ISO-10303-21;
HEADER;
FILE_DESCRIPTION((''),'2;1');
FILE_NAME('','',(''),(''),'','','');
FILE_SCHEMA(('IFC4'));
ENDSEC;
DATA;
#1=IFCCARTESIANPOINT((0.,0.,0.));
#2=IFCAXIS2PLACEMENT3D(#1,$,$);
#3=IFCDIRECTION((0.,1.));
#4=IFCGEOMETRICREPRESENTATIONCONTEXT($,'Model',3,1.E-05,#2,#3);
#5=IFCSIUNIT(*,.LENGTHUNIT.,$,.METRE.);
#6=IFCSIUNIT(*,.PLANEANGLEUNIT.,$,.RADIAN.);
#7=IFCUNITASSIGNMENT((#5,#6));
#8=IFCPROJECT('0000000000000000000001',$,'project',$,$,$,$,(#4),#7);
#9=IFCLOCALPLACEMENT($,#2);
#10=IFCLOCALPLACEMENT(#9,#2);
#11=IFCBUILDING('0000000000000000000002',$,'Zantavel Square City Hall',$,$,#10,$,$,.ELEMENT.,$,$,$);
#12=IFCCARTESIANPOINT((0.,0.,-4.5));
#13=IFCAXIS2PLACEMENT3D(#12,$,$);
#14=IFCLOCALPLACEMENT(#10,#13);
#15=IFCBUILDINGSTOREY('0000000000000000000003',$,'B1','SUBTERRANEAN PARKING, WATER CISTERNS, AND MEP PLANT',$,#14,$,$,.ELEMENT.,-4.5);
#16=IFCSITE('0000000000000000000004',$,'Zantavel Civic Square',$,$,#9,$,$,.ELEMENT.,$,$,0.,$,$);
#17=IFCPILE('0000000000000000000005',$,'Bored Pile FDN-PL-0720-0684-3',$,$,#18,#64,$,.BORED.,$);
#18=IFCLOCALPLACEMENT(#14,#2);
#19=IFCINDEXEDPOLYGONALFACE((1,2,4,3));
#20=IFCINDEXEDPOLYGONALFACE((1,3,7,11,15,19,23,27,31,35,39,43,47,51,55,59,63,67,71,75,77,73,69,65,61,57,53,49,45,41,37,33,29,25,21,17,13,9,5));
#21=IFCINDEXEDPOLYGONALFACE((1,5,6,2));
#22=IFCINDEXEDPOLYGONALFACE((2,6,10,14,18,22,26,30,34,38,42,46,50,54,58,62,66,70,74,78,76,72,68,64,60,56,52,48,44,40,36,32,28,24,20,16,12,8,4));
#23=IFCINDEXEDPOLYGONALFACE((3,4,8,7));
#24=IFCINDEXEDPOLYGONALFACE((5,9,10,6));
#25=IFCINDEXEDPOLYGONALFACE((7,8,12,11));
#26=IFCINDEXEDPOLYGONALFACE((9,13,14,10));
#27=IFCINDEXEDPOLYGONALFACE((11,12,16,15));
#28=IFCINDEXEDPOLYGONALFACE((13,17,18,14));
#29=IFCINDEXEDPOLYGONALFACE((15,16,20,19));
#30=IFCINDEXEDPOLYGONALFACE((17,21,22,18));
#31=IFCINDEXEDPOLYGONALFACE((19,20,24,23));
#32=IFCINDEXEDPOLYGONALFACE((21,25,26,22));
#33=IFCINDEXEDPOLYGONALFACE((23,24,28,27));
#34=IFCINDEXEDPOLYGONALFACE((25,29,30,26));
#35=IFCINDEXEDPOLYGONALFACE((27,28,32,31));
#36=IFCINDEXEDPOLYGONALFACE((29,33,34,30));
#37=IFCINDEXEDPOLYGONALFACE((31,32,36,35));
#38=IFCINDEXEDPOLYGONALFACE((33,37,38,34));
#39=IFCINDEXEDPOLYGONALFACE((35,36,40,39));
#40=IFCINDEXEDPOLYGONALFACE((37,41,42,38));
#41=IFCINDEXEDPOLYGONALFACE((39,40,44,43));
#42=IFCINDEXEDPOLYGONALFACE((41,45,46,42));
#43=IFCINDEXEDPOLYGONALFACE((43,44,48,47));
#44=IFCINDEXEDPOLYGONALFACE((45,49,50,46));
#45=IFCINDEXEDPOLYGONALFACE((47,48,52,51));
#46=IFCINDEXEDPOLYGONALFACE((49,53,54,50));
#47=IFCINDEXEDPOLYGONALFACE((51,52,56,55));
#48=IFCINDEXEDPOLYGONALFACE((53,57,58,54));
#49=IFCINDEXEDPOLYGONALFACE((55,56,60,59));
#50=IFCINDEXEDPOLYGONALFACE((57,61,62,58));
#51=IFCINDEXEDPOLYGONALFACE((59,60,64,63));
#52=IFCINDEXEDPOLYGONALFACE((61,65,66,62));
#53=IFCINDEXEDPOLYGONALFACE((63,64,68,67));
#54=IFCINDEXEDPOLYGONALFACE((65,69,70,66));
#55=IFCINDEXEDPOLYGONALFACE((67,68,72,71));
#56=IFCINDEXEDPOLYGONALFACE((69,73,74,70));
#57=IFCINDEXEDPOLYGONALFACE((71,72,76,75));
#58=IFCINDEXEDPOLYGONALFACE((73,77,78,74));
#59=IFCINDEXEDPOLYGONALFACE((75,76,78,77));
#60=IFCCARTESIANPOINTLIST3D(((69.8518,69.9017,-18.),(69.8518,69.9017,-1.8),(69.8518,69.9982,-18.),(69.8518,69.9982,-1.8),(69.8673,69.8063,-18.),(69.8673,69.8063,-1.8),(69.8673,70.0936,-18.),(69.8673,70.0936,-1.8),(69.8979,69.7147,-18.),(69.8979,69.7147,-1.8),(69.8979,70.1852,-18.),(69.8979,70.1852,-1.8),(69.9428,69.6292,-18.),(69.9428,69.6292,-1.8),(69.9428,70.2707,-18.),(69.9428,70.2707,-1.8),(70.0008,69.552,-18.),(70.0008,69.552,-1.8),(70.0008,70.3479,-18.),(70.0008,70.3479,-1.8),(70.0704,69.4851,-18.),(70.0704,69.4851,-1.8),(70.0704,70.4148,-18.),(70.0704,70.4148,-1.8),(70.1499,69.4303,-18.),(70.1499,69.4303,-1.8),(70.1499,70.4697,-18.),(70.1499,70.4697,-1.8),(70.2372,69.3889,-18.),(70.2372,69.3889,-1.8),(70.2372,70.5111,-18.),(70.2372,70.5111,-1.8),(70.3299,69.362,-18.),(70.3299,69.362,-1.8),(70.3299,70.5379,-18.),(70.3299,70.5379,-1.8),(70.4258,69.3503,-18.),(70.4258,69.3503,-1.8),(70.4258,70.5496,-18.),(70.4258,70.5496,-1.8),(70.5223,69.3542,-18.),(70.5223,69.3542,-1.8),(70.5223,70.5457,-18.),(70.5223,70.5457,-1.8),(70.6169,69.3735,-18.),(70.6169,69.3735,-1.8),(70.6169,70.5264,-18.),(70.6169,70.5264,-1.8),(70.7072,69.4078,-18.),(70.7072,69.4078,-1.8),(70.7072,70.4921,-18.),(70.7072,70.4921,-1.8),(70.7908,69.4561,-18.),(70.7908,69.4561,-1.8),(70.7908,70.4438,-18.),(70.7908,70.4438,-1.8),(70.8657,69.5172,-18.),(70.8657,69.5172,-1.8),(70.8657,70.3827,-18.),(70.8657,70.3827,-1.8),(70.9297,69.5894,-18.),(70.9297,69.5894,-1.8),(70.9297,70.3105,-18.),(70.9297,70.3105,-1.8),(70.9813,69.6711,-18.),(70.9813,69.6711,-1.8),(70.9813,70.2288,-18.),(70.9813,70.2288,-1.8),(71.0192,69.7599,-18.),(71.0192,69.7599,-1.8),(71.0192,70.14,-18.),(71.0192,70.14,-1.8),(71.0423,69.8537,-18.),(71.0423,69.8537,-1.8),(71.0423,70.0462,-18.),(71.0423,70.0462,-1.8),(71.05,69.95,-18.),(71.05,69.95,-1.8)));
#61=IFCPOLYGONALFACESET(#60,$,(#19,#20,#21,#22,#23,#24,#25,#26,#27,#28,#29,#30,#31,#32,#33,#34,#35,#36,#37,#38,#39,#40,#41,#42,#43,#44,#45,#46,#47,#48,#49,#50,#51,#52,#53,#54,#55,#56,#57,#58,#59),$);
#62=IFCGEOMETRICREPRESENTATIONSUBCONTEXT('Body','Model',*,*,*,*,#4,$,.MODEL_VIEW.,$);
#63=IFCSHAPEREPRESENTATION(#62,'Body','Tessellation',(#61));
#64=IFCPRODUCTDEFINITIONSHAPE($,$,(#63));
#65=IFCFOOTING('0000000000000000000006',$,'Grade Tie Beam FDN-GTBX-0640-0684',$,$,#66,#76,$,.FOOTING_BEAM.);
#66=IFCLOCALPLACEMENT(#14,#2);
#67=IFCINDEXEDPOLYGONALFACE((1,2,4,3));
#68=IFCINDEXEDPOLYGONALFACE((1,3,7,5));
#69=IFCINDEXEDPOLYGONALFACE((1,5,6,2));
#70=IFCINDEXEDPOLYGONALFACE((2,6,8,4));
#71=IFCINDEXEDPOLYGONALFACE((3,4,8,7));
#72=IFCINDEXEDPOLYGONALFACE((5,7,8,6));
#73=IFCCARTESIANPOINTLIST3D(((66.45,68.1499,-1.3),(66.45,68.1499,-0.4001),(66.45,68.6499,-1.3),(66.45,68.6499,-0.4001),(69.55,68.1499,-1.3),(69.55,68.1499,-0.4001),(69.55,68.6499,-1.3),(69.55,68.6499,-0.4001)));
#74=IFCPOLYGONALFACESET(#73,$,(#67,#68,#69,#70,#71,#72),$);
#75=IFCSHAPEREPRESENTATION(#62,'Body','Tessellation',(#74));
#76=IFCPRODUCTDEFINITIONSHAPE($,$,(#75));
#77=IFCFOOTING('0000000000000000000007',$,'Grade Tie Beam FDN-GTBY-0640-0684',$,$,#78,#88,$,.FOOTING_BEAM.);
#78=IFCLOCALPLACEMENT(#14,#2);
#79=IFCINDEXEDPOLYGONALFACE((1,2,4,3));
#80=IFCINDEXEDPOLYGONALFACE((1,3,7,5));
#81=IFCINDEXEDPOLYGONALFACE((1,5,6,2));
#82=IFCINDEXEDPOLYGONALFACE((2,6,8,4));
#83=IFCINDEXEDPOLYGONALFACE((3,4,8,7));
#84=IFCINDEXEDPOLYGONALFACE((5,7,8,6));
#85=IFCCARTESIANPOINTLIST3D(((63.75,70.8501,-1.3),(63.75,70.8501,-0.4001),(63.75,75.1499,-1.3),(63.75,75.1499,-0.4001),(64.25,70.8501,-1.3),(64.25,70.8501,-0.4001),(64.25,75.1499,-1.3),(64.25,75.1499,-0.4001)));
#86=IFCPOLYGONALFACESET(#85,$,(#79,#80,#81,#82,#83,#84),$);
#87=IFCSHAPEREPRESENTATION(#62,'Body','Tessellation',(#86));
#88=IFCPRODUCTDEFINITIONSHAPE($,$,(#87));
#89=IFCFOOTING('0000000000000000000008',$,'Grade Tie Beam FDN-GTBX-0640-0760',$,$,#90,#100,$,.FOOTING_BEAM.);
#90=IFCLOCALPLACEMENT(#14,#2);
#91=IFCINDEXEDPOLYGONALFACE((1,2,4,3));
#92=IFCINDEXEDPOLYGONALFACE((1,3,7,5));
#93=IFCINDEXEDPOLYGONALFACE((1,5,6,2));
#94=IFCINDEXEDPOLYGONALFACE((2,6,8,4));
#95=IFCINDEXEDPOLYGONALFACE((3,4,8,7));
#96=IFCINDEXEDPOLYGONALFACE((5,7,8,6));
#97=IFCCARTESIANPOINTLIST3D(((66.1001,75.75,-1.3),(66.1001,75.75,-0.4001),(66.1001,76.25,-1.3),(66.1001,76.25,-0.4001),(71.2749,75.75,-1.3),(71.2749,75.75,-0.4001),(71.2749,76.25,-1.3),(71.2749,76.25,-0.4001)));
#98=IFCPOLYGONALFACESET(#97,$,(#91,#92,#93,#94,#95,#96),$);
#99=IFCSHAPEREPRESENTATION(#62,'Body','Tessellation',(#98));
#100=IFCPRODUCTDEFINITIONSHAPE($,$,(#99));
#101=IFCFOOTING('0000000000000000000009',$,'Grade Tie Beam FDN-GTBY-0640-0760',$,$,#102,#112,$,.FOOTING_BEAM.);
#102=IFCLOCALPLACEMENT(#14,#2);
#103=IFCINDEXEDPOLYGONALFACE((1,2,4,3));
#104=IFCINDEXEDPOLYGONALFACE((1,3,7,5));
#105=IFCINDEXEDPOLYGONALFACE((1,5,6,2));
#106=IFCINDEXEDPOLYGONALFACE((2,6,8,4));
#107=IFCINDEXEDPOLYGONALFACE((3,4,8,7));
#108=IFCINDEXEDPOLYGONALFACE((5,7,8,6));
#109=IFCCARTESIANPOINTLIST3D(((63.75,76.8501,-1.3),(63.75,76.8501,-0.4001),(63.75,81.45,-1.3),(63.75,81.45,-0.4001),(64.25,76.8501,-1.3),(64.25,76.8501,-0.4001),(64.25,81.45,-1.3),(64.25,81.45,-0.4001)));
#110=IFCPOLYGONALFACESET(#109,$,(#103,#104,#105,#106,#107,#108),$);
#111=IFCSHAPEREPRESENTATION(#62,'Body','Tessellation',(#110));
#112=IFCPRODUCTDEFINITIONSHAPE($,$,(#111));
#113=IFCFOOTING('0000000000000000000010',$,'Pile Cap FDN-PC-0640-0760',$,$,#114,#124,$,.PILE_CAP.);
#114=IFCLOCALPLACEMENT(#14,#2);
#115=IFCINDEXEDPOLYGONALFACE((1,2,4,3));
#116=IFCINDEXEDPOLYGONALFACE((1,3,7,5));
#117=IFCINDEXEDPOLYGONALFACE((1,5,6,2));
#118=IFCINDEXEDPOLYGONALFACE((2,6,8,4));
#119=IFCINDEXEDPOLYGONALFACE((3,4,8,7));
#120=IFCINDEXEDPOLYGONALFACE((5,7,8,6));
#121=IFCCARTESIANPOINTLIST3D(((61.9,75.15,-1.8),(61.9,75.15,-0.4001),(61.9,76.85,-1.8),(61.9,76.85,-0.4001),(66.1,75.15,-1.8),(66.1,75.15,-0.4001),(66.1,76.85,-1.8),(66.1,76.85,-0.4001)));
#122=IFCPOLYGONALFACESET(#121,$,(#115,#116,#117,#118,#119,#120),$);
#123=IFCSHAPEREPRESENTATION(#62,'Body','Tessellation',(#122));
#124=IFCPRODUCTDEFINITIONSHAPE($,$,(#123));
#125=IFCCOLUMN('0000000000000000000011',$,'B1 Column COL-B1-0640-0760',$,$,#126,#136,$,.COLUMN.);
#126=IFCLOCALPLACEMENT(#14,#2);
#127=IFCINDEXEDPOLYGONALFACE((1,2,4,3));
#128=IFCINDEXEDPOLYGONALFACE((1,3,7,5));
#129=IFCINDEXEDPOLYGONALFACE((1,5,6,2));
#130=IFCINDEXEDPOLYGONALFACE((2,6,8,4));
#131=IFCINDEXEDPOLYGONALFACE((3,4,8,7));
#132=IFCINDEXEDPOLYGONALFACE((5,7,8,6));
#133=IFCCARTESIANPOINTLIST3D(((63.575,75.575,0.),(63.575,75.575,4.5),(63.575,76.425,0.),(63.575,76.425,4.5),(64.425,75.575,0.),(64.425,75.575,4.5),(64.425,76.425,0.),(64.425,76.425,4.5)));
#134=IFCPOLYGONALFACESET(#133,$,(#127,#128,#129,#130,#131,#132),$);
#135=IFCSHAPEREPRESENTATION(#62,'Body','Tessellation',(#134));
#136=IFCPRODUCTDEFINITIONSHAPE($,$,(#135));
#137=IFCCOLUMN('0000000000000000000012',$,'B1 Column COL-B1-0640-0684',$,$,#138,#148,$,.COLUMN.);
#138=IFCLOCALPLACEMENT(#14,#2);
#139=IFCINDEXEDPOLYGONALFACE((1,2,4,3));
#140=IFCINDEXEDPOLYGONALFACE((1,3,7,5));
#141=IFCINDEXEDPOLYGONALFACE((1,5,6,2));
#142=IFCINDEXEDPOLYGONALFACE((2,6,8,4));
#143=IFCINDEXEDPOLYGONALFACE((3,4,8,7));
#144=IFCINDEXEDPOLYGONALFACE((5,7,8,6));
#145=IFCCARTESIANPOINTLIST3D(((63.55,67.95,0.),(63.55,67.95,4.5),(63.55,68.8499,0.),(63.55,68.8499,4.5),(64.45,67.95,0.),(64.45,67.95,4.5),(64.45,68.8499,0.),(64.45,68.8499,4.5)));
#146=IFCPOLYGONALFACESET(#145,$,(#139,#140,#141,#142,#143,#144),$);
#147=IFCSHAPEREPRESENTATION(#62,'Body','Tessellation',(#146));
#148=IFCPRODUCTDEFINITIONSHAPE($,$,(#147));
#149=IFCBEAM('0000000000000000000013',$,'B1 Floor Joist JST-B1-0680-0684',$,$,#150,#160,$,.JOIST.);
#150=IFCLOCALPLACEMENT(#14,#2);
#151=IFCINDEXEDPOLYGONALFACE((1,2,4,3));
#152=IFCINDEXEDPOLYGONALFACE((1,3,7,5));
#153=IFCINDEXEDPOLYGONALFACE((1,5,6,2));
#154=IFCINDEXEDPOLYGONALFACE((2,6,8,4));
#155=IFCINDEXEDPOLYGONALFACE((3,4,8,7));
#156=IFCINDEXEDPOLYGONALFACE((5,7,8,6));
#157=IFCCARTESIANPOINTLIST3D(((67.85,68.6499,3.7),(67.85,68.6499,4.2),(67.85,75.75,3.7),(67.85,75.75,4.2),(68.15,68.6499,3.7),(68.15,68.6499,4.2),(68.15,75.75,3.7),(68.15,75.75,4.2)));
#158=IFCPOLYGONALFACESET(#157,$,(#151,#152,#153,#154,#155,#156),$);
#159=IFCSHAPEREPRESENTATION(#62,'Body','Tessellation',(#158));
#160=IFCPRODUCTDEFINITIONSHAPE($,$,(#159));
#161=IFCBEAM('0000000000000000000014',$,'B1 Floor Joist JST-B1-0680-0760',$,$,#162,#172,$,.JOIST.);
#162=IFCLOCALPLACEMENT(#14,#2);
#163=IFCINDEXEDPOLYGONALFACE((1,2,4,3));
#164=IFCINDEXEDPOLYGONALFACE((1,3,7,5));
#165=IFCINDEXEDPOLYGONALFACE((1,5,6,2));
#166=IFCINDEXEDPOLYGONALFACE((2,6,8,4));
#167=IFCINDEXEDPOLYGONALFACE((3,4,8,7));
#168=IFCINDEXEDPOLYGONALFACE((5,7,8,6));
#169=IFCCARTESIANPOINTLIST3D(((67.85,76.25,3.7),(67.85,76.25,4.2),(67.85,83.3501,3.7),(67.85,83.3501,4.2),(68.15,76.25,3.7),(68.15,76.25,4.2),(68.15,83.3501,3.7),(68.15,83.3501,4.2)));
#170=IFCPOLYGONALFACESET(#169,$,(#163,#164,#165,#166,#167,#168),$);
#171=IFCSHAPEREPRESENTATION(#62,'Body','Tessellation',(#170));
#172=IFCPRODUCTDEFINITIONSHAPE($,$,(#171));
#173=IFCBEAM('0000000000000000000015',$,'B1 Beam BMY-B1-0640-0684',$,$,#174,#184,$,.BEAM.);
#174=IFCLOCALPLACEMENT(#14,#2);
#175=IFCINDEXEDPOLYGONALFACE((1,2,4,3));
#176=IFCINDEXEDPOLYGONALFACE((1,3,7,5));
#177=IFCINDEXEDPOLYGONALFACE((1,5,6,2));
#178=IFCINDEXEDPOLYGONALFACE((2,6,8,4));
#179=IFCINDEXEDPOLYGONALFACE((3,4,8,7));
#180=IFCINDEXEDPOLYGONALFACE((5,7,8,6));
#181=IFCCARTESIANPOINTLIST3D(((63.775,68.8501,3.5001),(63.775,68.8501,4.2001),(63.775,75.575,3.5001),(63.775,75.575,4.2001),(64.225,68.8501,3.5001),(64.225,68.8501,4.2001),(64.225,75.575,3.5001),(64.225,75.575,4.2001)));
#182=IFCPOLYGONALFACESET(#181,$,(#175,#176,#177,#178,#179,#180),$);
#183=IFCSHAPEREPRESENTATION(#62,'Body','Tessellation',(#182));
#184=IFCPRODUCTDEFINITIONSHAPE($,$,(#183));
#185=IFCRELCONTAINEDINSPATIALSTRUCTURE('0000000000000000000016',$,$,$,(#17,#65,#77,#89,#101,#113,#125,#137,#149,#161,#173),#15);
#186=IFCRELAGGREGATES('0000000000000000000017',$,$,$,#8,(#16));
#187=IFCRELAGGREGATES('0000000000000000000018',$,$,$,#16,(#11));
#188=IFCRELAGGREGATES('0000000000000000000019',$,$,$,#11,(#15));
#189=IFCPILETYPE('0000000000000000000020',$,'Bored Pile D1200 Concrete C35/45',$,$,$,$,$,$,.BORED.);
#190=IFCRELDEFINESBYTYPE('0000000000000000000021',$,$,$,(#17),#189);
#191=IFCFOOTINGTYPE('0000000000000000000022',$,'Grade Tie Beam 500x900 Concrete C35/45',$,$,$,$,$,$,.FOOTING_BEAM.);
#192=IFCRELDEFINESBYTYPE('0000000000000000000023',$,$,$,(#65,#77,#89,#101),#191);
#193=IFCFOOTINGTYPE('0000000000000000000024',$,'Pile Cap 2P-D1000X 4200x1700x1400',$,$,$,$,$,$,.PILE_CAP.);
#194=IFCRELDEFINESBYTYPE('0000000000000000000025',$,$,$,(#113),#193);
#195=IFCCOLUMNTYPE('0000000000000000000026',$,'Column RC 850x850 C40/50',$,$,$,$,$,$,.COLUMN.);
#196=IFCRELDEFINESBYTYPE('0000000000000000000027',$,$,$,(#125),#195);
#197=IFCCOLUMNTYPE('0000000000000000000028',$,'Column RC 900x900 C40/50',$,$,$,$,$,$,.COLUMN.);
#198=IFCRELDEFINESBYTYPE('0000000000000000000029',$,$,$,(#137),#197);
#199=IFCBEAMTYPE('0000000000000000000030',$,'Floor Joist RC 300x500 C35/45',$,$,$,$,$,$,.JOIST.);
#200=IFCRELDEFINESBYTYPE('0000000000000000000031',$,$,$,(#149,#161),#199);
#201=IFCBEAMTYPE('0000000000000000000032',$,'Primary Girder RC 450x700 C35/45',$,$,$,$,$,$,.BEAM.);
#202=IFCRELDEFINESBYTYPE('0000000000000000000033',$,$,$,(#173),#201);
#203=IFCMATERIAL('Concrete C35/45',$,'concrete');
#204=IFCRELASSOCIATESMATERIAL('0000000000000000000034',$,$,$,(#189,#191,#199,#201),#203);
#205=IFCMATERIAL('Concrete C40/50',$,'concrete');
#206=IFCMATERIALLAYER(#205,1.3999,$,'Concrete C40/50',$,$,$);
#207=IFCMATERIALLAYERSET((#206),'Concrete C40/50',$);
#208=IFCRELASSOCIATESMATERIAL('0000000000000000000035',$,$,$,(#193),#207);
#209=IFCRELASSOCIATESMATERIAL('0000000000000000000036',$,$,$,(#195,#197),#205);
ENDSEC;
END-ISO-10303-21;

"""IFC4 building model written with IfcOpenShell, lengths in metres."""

from ifc_helpers import new_model, si_unit, direction, frame, origin, origin_2d, place, context, subcontext, project, spatial, rectangle, circle, extrude, material, layer, layer_set, material_profile, profile_set, type_object, element, save


model = new_model("IFC4")

# Units and contexts
model_context = context("Model", 3, precision=1e-05, world=origin(), true_north=direction((0.0, 1.0)))
body_context = subcontext(model_context, "Body", "Model", "MODEL_VIEW")
ifc_project = project(units=[si_unit("LENGTHUNIT", "METRE"), si_unit("PLANEANGLEUNIT", "RADIAN")], contexts=[model_context])

# Site, building, storey
site_placement = place(None, origin())
site = spatial("IfcSite", under=ifc_project, at=site_placement, Name="Zantavel Civic Square", CompositionType="ELEMENT", RefElevation=0.0)
building_placement = place(site_placement, origin())
building = spatial("IfcBuilding", under=site, at=building_placement, Name="Zantavel Square City Hall", CompositionType="ELEMENT")
storey_placement = place(building_placement, frame((0.0, 0.0, -4.5)))
storey = spatial("IfcBuildingStorey", under=building, at=storey_placement, Name="B1", Description="SUBTERRANEAN PARKING, WATER CISTERNS, AND MEP PLANT", CompositionType="ELEMENT", Elevation=-4.5)

# Pile
ifc_material_1 = material(Name="Concrete C35/45", Category="concrete")
ifc_material_profile_1 = material_profile(ifc_material_1, circle(Radius=0.6001, at=origin_2d()), Name="PILE D1200")
ifc_profile_set_1 = profile_set([ifc_material_profile_1], Name="Concrete C35/45")
pile_type_1 = type_object("IfcPileType", Name="Bored Pile D1200 Concrete C35/45", PredefinedType="BORED", material=ifc_profile_set_1)
for number, where, z_axis, x_axis, name in (
    (1, (70.45, 69.95, -1.8), (0.0, 0.0, -1.0), (1.0, 0.0, 0.0), "Bored Pile FDN-PL-0720-0684-3"),
):
    element("IfcPile", number, at=place(storey_placement, frame(where, z_axis=z_axis, x_axis=x_axis)), inside=storey, type_object=pile_type_1, Name=name, PredefinedType="BORED", context=body_context, shape_type="SweptSolid", body=[
        extrude(circle(Radius=0.6001, at=origin_2d()), origin(), (0.0, 0.0, 1.0), 16.2),
    ])

# Footings
ifc_material_profile_2 = material_profile(ifc_material_1, rectangle(XDim=0.5, YDim=0.8999, at=origin_2d()), Name="RC 500x900")
ifc_profile_set_2 = profile_set([ifc_material_profile_2], Name="Concrete C35/45")
footing_type_1 = type_object("IfcFootingType", Name="Grade Tie Beam 500x900 Concrete C35/45", PredefinedType="FOOTING_BEAM", material=ifc_profile_set_2)
footing_1_placement = place(storey_placement, frame((66.45, 68.3999, -0.8501), z_axis=(1.0, 0.0, 0.0), x_axis=(0.0, 1.0, 0.0)))
element("IfcFooting", 2, at=footing_1_placement, inside=storey, type_object=footing_type_1, Name="Grade Tie Beam FDN-GTBX-0640-0684", PredefinedType="FOOTING_BEAM", context=body_context, shape_type="SweptSolid", body=[
    extrude(rectangle(XDim=0.5, YDim=0.8999, at=origin_2d()), origin(), (0.0, 0.0, 1.0), 3.1001),
])
footing_2_placement = place(storey_placement, frame((64.0, 70.8501, -0.8501), z_axis=(0.0, 1.0, 0.0), x_axis=(-1.0, 0.0, 0.0)))
element("IfcFooting", 3, at=footing_2_placement, inside=storey, type_object=footing_type_1, Name="Grade Tie Beam FDN-GTBY-0640-0684", PredefinedType="FOOTING_BEAM", context=body_context, shape_type="SweptSolid", body=[
    extrude(rectangle(XDim=0.5, YDim=0.8999, at=origin_2d()), origin(), (0.0, 0.0, 1.0), 4.2998),
])
footing_3_placement = place(storey_placement, frame((66.1001, 76.0, -0.8501), z_axis=(1.0, 0.0, 0.0), x_axis=(0.0, 1.0, 0.0)))
element("IfcFooting", 4, at=footing_3_placement, inside=storey, type_object=footing_type_1, Name="Grade Tie Beam FDN-GTBX-0640-0760", PredefinedType="FOOTING_BEAM", context=body_context, shape_type="SweptSolid", body=[
    extrude(rectangle(XDim=0.5, YDim=0.8999, at=origin_2d()), origin(), (0.0, 0.0, 1.0), 5.1748),
])
footing_4_placement = place(storey_placement, frame((64.0, 76.8501, -0.8501), z_axis=(0.0, 1.0, 0.0), x_axis=(-1.0, 0.0, 0.0)))
element("IfcFooting", 5, at=footing_4_placement, inside=storey, type_object=footing_type_1, Name="Grade Tie Beam FDN-GTBY-0640-0760", PredefinedType="FOOTING_BEAM", context=body_context, shape_type="SweptSolid", body=[
    extrude(rectangle(XDim=0.5, YDim=0.8999, at=origin_2d()), origin(), (0.0, 0.0, 1.0), 4.5999),
])
ifc_material_2 = material(Name="Concrete C40/50", Category="concrete")
ifc_layer_1 = layer(ifc_material_2, 1.3999, Name="Concrete C40/50")
ifc_layer_set_1 = layer_set([ifc_layer_1], Name="Concrete C40/50")
footing_type_2 = type_object("IfcFootingType", Name="Pile Cap 2P-D1000X 4200x1700x1400", PredefinedType="PILE_CAP", material=ifc_layer_set_1)
footing_5_placement = place(storey_placement, frame((64.0, 76.0, -1.8), z_axis=(0.0, 0.0, 1.0), x_axis=(1.0, 0.0, 0.0)))
element("IfcFooting", 6, at=footing_5_placement, inside=storey, type_object=footing_type_2, Name="Pile Cap FDN-PC-0640-0760", PredefinedType="PILE_CAP", context=body_context, shape_type="SweptSolid", body=[
    extrude(rectangle(XDim=4.2, YDim=1.7, at=origin_2d()), origin(), (0.0, 0.0, 1.0), 1.3999),
])

# Columns
ifc_material_profile_3 = material_profile(ifc_material_2, rectangle(XDim=0.8501, YDim=0.8501, at=origin_2d()), Name="RC 850x850")
ifc_profile_set_3 = profile_set([ifc_material_profile_3], Name="Concrete C40/50")
column_type_1 = type_object("IfcColumnType", Name="Column RC 850x850 C40/50", PredefinedType="COLUMN", material=ifc_profile_set_3)
column_1_placement = place(storey_placement, frame((64.0, 76.0, 0.0), z_axis=(0.0, 0.0, 1.0), x_axis=(1.0, 0.0, 0.0)))
element("IfcColumn", 7, at=column_1_placement, inside=storey, type_object=column_type_1, Name="B1 Column COL-B1-0640-0760", PredefinedType="COLUMN", context=body_context, shape_type="SweptSolid", body=[
    extrude(rectangle(XDim=0.8501, YDim=0.8501, at=origin_2d()), origin(), (0.0, 0.0, 1.0), 4.5),
])
ifc_material_profile_4 = material_profile(ifc_material_2, rectangle(XDim=0.8999, YDim=0.8999, at=origin_2d()), Name="RC 900x900")
ifc_profile_set_4 = profile_set([ifc_material_profile_4], Name="Concrete C40/50")
column_type_2 = type_object("IfcColumnType", Name="Column RC 900x900 C40/50", PredefinedType="COLUMN", material=ifc_profile_set_4)
column_2_placement = place(storey_placement, frame((64.0, 68.3999, 0.0), z_axis=(0.0, 0.0, 1.0), x_axis=(1.0, 0.0, 0.0)))
element("IfcColumn", 8, at=column_2_placement, inside=storey, type_object=column_type_2, Name="B1 Column COL-B1-0640-0684", PredefinedType="COLUMN", context=body_context, shape_type="SweptSolid", body=[
    extrude(rectangle(XDim=0.8999, YDim=0.8999, at=origin_2d()), origin(), (0.0, 0.0, 1.0), 4.5),
])

# Beams
ifc_material_profile_5 = material_profile(ifc_material_1, rectangle(XDim=0.3, YDim=0.5, at=origin_2d()), Name="RC 300x500")
ifc_profile_set_5 = profile_set([ifc_material_profile_5], Name="Concrete C35/45")
beam_type_1 = type_object("IfcBeamType", Name="Floor Joist RC 300x500 C35/45", PredefinedType="JOIST", material=ifc_profile_set_5)
for number, where, z_axis, x_axis, name in (
    (9, (68.0, 68.6499, 3.95), (0.0, 1.0, 0.0), (-1.0, 0.0, 0.0), "B1 Floor Joist JST-B1-0680-0684"),
    (10, (68.0, 76.25, 3.95), (0.0, 1.0, 0.0), (-1.0, 0.0, 0.0), "B1 Floor Joist JST-B1-0680-0760"),
):
    element("IfcBeam", number, at=place(storey_placement, frame(where, z_axis=z_axis, x_axis=x_axis)), inside=storey, type_object=beam_type_1, Name=name, PredefinedType="JOIST", context=body_context, shape_type="SweptSolid", body=[
        extrude(rectangle(XDim=0.3, YDim=0.5, at=origin_2d()), origin(), (0.0, 0.0, 1.0), 7.1001),
    ])
ifc_material_profile_6 = material_profile(ifc_material_1, rectangle(XDim=0.45, YDim=0.7, at=origin_2d()), Name="RC 450x700")
ifc_profile_set_6 = profile_set([ifc_material_profile_6], Name="Concrete C35/45")
beam_type_2 = type_object("IfcBeamType", Name="Primary Girder RC 450x700 C35/45", PredefinedType="BEAM", material=ifc_profile_set_6)
beam_1_placement = place(storey_placement, frame((64.0, 68.8501, 3.8501), z_axis=(0.0, 1.0, 0.0), x_axis=(-1.0, 0.0, 0.0)))
element("IfcBeam", 11, at=beam_1_placement, inside=storey, type_object=beam_type_2, Name="B1 Beam BMY-B1-0640-0684", PredefinedType="BEAM", context=body_context, shape_type="SweptSolid", body=[
    extrude(rectangle(XDim=0.45, YDim=0.7, at=origin_2d()), origin(), (0.0, 0.0, 1.0), 6.7249),
])

save(model, "model.ifc")
